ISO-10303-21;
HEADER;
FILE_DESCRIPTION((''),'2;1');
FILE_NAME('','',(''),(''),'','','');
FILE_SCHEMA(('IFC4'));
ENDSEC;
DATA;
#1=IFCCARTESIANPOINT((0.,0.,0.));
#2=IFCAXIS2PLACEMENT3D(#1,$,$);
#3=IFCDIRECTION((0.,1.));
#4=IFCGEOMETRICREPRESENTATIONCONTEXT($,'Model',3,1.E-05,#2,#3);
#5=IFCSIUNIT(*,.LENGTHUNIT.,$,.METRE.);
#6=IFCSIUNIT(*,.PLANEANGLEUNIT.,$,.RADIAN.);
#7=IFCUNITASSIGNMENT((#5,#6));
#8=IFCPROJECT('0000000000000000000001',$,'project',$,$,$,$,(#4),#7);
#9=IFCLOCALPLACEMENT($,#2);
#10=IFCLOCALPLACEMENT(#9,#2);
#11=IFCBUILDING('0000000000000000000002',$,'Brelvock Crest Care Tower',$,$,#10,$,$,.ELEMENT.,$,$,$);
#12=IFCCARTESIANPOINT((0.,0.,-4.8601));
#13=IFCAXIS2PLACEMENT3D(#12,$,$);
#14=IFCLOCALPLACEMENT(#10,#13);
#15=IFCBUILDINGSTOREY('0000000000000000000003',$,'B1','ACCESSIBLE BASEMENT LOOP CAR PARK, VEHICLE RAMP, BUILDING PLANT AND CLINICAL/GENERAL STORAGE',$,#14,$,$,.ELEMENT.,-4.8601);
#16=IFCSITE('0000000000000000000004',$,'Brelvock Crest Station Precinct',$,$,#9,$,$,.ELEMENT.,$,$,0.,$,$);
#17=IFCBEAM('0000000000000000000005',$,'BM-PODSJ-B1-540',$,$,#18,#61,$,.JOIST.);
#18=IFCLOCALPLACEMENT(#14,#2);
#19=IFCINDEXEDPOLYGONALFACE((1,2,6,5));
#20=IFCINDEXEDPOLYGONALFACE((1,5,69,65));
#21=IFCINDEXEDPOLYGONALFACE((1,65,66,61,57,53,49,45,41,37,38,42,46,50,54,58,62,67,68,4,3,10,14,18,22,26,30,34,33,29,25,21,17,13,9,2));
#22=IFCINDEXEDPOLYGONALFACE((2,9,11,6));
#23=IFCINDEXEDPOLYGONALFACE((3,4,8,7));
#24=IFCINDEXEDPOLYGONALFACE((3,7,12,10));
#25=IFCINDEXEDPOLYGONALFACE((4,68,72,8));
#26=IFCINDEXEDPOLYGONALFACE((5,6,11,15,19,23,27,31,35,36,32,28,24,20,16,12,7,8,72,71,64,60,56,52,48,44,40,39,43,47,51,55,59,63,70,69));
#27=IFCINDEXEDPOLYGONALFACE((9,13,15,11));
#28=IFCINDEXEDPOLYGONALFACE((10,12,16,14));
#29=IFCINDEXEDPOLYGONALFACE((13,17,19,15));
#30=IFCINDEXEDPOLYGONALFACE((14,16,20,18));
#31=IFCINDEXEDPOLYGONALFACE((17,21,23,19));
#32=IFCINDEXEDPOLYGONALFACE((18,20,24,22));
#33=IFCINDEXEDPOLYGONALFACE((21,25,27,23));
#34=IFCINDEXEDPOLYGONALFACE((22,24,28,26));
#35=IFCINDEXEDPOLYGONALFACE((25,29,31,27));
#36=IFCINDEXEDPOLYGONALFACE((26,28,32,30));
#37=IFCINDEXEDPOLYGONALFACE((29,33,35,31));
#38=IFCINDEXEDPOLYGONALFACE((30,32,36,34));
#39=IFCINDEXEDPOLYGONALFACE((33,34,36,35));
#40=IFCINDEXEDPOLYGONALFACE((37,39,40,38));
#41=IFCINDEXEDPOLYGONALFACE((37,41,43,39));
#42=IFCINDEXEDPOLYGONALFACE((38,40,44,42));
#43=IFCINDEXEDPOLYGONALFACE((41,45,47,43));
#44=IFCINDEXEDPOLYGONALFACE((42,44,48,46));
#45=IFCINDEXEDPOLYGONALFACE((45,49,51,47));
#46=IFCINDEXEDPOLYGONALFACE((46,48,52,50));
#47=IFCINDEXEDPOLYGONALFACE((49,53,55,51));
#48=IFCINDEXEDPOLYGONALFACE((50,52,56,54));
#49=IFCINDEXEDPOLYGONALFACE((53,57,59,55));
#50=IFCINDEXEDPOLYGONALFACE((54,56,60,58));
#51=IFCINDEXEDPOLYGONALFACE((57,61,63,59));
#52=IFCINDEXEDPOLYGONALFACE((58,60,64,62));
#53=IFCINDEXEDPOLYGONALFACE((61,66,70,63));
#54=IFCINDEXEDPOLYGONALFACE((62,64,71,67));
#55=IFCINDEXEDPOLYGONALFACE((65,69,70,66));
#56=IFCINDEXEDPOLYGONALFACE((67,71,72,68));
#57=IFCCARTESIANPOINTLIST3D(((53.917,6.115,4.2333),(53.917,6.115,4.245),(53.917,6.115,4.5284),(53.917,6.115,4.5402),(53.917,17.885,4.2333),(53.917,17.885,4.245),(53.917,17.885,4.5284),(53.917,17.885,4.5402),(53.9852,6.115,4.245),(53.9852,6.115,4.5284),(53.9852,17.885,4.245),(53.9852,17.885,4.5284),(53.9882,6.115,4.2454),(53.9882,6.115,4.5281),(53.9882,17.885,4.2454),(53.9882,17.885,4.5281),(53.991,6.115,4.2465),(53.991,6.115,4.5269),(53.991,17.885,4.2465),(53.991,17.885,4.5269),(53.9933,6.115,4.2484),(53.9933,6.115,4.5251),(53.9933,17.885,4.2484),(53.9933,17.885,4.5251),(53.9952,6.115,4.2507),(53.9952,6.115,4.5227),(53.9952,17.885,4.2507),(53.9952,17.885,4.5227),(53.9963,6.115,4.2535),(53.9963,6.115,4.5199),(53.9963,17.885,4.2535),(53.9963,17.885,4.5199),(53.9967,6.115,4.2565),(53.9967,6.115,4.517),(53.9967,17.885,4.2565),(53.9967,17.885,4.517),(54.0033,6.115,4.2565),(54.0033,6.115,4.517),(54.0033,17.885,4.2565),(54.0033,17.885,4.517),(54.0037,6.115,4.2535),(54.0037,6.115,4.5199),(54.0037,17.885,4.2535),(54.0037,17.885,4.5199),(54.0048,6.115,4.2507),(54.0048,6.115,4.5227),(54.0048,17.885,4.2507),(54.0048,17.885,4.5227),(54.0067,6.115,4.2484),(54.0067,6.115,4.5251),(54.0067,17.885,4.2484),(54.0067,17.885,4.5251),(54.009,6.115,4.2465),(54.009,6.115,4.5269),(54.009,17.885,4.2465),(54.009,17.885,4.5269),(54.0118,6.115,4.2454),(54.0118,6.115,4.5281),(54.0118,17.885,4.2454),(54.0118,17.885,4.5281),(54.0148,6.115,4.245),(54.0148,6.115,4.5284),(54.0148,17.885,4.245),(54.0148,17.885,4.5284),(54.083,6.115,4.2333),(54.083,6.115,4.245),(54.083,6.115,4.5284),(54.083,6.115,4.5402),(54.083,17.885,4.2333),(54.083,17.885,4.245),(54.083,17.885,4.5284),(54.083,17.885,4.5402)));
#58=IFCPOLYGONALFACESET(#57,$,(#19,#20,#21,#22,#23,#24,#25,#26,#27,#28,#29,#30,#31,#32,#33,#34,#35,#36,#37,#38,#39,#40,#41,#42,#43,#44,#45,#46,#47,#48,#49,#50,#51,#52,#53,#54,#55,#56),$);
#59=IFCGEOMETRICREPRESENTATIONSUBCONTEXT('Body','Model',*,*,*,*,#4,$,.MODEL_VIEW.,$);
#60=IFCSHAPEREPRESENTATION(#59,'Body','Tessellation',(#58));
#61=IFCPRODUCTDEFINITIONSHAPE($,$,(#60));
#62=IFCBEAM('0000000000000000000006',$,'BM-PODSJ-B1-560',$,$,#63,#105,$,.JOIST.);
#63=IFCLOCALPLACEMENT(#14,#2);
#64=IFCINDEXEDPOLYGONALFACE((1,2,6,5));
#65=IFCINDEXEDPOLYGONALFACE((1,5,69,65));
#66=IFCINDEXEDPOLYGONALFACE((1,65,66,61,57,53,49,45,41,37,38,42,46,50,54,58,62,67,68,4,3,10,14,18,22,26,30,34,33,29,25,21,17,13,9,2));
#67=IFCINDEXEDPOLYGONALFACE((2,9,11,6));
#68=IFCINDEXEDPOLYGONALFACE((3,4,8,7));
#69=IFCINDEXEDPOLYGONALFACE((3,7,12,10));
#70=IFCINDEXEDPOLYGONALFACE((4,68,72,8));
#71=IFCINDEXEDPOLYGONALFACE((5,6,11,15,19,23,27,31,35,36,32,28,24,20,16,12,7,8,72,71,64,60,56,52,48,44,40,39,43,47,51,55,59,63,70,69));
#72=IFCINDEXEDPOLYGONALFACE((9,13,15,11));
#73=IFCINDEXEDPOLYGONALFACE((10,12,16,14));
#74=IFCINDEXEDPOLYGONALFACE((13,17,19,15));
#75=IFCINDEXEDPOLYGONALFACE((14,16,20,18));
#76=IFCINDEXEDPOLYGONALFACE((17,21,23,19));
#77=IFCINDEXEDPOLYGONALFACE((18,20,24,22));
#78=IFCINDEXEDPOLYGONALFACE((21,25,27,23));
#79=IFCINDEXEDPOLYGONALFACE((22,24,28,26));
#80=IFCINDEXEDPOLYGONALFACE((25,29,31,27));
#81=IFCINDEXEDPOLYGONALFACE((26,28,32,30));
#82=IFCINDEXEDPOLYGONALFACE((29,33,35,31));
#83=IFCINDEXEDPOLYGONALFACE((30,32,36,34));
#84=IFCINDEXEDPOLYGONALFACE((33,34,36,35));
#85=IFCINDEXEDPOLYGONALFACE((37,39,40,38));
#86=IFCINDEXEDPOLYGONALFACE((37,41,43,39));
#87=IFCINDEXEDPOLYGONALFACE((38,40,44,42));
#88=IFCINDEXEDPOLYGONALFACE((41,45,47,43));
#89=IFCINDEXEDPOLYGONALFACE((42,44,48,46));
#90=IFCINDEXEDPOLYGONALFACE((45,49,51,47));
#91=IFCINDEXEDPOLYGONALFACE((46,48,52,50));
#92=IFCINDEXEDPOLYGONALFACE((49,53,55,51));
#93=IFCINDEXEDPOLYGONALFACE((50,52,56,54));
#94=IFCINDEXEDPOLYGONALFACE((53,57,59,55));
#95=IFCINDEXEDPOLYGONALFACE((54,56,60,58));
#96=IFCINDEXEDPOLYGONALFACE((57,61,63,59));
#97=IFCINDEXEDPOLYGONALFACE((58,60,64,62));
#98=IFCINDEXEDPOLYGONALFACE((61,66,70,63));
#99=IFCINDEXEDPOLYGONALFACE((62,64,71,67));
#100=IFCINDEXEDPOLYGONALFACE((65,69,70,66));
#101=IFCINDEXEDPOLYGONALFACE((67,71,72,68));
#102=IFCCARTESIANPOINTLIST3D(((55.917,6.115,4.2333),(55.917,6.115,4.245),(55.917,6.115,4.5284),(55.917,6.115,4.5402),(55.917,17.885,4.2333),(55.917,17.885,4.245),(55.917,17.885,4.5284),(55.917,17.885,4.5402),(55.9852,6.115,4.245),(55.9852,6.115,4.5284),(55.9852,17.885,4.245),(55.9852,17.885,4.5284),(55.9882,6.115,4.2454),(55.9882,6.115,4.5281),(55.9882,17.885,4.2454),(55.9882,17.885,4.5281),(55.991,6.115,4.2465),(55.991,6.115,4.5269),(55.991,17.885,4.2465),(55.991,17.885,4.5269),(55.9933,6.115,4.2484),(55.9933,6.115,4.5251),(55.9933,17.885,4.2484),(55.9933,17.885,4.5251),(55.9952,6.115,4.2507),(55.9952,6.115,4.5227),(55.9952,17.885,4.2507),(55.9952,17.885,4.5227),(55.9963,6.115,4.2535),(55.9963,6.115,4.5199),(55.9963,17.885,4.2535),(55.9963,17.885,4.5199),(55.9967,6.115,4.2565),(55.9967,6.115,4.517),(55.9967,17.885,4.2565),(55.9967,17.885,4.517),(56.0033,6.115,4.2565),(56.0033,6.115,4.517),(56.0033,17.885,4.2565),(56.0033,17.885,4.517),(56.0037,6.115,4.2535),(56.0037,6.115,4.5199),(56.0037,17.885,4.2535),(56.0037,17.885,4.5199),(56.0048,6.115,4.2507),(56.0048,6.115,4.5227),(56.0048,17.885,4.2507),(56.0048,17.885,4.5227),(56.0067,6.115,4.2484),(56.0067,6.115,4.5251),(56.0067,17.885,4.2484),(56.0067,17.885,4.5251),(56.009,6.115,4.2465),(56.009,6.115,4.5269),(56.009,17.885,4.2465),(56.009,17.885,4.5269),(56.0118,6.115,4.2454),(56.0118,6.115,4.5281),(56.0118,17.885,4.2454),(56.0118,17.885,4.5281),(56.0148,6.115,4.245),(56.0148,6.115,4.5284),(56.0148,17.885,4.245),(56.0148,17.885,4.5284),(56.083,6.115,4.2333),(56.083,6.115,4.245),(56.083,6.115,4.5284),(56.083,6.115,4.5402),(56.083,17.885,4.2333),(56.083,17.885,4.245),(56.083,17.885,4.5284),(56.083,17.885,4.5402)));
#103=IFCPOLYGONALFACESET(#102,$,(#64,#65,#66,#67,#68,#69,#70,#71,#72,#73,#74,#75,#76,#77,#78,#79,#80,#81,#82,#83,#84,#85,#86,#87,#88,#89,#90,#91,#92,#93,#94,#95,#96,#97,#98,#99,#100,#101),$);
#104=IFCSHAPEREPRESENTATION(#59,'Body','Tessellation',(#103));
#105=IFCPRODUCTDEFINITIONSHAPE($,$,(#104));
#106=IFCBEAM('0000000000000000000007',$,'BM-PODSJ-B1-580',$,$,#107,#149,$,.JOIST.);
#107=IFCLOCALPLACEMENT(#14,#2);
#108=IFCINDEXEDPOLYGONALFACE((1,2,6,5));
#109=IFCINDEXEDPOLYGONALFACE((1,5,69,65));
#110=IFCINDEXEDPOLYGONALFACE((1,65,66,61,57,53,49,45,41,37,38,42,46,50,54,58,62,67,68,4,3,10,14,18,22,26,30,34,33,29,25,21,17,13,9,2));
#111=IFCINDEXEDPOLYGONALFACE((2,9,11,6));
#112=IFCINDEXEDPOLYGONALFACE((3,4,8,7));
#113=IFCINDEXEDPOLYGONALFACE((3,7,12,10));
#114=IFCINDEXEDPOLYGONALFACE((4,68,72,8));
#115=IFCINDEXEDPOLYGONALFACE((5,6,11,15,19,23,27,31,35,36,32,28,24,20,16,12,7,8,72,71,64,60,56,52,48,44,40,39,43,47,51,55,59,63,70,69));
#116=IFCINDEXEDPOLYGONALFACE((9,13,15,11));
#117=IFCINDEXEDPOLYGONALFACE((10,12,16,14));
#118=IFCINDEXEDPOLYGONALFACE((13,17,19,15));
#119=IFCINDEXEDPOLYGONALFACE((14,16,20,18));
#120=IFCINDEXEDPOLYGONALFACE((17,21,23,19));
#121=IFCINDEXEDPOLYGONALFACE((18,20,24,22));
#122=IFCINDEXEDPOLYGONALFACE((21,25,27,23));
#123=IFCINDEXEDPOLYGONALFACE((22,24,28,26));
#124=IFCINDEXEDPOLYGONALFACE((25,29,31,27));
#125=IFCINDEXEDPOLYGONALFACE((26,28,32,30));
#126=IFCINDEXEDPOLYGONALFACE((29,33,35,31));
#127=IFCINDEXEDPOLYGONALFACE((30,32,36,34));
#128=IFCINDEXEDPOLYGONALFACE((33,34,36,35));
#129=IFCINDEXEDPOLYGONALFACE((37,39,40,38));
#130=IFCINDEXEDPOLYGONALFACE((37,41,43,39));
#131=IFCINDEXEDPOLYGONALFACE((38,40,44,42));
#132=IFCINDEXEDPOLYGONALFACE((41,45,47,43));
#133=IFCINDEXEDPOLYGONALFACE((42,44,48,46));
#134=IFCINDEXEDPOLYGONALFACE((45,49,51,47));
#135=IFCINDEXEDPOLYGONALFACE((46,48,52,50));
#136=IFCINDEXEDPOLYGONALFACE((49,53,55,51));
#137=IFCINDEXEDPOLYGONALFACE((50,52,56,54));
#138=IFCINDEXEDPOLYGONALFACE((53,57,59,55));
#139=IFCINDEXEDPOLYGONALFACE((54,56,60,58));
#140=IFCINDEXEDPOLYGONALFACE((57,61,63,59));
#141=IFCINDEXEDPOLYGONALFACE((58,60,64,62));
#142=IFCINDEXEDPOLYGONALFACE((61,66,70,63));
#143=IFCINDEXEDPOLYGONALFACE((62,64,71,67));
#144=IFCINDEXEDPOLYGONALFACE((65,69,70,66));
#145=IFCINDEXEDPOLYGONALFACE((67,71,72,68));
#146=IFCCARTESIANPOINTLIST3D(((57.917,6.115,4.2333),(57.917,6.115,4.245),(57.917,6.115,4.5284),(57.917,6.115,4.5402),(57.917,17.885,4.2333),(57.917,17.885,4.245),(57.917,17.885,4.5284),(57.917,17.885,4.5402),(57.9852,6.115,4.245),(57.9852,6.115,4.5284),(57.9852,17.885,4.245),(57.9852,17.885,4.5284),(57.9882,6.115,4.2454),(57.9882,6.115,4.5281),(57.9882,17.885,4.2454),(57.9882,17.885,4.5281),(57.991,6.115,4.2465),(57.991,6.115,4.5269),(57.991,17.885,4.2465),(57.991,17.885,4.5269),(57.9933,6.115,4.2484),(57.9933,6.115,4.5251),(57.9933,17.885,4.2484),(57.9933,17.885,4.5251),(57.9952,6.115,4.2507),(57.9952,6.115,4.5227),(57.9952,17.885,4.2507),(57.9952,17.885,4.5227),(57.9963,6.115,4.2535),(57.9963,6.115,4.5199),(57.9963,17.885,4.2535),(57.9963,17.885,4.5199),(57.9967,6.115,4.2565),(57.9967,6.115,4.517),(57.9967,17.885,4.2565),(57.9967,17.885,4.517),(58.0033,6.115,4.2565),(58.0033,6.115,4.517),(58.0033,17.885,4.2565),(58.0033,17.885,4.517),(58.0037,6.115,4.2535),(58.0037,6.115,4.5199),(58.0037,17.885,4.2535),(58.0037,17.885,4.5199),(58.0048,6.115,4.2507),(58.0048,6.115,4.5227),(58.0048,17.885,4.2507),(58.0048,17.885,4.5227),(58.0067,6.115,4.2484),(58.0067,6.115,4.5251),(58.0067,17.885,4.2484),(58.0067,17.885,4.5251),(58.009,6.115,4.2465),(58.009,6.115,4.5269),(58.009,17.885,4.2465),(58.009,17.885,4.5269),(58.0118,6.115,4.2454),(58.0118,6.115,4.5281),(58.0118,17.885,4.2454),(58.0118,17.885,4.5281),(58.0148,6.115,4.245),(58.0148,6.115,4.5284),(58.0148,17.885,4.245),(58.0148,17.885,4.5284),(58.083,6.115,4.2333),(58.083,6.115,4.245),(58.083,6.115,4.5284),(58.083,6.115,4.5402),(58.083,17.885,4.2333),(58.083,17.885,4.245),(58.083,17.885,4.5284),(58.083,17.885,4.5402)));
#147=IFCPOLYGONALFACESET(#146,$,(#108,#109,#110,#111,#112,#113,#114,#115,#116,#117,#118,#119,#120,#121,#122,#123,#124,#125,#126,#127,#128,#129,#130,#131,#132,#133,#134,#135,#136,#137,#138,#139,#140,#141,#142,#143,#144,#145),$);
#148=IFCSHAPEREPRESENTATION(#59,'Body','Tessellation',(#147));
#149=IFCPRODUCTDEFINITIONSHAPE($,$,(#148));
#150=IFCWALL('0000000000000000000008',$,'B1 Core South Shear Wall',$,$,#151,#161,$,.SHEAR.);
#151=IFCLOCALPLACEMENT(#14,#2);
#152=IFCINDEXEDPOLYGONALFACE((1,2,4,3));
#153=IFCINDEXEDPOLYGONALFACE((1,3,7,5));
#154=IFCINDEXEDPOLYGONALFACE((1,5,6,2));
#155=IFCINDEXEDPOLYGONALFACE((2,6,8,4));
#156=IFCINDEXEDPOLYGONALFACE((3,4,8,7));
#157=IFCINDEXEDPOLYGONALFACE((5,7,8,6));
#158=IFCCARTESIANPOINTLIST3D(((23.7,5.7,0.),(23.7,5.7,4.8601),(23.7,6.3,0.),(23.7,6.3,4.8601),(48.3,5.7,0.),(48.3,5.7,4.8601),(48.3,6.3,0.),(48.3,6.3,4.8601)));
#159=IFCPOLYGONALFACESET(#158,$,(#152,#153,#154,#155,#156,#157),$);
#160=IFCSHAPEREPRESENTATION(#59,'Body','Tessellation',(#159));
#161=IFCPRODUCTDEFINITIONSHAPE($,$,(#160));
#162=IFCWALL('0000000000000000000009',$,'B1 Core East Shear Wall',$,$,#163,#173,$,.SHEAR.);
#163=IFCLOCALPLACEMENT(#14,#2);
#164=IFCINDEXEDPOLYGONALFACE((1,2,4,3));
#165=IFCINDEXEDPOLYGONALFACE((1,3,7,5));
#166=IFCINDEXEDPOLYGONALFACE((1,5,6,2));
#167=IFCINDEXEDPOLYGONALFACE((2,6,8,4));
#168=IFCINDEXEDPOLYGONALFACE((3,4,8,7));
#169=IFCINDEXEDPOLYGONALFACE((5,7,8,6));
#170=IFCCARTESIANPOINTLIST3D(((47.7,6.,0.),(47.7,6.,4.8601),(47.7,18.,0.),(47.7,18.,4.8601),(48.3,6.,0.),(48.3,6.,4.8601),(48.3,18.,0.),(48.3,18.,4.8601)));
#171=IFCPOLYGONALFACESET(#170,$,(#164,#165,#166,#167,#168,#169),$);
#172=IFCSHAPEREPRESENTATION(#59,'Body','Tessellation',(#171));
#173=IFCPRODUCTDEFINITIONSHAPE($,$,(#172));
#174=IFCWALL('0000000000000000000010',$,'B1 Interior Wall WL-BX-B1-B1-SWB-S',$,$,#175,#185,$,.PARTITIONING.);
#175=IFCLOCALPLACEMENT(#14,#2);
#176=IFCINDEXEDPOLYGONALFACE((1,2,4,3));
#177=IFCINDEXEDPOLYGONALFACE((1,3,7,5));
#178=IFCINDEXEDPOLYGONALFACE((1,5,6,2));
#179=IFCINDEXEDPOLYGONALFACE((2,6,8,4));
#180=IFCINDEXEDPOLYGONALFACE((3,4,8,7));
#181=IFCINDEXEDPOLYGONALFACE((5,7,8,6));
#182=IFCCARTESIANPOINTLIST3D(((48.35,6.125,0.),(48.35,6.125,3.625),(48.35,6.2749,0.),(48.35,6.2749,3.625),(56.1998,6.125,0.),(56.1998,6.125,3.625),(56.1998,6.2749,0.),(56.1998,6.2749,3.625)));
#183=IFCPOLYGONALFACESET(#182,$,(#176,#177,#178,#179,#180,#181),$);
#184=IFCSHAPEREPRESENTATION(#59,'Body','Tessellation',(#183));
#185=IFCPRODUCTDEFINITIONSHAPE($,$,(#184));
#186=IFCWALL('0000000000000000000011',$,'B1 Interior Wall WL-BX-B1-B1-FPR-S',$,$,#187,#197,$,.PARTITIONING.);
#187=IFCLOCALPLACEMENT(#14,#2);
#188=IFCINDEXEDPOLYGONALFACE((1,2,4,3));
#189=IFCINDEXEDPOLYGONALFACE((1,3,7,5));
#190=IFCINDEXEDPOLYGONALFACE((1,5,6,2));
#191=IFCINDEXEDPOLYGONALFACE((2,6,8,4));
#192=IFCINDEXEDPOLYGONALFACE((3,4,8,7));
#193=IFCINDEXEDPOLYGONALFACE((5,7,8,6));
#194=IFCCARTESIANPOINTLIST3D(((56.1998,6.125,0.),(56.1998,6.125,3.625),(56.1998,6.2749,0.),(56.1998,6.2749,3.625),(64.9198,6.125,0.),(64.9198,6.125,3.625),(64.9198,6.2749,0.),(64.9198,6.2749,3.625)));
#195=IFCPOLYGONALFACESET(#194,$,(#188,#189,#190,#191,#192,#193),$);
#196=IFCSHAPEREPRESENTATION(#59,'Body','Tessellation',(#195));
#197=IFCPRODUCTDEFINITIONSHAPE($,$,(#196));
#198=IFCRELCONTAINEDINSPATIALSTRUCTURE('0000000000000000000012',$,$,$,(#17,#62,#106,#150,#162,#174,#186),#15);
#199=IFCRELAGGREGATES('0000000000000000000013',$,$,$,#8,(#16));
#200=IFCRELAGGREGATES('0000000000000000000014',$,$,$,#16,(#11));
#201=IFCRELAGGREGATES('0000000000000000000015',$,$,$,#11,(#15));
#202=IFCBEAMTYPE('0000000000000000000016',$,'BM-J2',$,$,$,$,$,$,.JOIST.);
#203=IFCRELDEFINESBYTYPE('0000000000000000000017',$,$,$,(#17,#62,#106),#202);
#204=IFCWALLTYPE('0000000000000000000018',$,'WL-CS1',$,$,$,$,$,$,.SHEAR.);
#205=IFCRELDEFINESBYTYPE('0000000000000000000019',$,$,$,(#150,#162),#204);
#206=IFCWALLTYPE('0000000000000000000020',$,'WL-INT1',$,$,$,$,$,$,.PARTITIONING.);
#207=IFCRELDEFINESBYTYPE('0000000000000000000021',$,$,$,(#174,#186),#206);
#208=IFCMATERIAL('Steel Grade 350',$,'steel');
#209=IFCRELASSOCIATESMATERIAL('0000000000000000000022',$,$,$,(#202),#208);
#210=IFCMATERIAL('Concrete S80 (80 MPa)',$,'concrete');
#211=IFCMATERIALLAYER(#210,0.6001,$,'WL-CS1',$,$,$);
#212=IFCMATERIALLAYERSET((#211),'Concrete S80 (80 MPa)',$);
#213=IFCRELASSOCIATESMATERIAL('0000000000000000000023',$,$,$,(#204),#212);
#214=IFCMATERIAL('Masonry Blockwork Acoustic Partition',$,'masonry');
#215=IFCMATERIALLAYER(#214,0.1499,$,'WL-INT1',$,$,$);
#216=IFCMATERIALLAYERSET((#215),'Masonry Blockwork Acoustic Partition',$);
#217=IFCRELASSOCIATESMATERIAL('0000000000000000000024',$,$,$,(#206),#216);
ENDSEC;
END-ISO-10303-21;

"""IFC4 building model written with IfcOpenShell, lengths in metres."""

from ifc_helpers import new_model, si_unit, direction, frame, frame_2d, origin, origin_2d, place, context, subcontext, project, spatial, rectangle, i_section, extrude, source, transform, mapped, material, layer, layer_set, material_profile, profile_set, type_object, element, save


model = new_model("IFC4")

# Units and contexts
model_context = context("Model", 3, precision=1e-05, world=origin(), true_north=direction((0.0, 1.0)))
body_context = subcontext(model_context, "Body", "Model", "MODEL_VIEW")
ifc_project = project(units=[si_unit("LENGTHUNIT", "METRE"), si_unit("PLANEANGLEUNIT", "RADIAN")], contexts=[model_context])

# Site, building, storey
site_placement = place(None, origin())
site = spatial("IfcSite", under=ifc_project, at=site_placement, Name="Brelvock Crest Station Precinct", CompositionType="ELEMENT", RefElevation=0.0)
building_placement = place(site_placement, origin())
building = spatial("IfcBuilding", under=site, at=building_placement, Name="Brelvock Crest Care Tower", CompositionType="ELEMENT")
storey_placement = place(building_placement, frame((0.0, 0.0, -4.8601)))
storey = spatial("IfcBuildingStorey", under=building, at=storey_placement, Name="B1", Description="ACCESSIBLE BASEMENT LOOP CAR PARK, VEHICLE RAMP, BUILDING PLANT AND CLINICAL/GENERAL STORAGE", CompositionType="ELEMENT", Elevation=-4.8601)

# Shared definitions
ifc_material_1 = material(Name="Steel Grade 350", Category="steel")

# Beams
ifc_material_profile_1 = material_profile(ifc_material_1, i_section(OverallWidth=0.166, OverallDepth=0.3069, WebThickness=0.0066, FlangeThickness=0.0117, FilletRadius=0.0115, at=origin_2d()), Name="310UB46.2")
ifc_profile_set_1 = profile_set([ifc_material_profile_1], Name="Steel Grade 350")
beam_type_1 = type_object("IfcBeamType", Name="BM-J2", PredefinedType="JOIST", material=ifc_profile_set_1)
shared_shape_1 = source(origin(), body_context, "Body", "SweptSolid", [
    extrude(i_section(OverallWidth=0.166, OverallDepth=0.3069, WebThickness=0.0066, FlangeThickness=0.0117, FilletRadius=0.0115, at=origin_2d()), origin(), (0.0, 0.0, 1.0), 11.77),
])
for number, where, z_axis, x_axis, name in (
    (1, (54.0, 6.115, 4.3867), (0.0, 1.0, 0.0), (-1.0, 0.0, 0.0), "BM-PODSJ-B1-540"),
    (2, (56.0, 6.115, 4.3867), (0.0, 1.0, 0.0), (-1.0, 0.0, 0.0), "BM-PODSJ-B1-560"),
    (3, (58.0, 6.115, 4.3867), (0.0, 1.0, 0.0), (-1.0, 0.0, 0.0), "BM-PODSJ-B1-580"),
):
    element("IfcBeam", number, at=place(storey_placement, frame(where, z_axis=z_axis, x_axis=x_axis)), inside=storey, type_object=beam_type_1, Name=name, PredefinedType="JOIST", context=body_context, shape_type="MappedRepresentation", body=[
        mapped(shared_shape_1, transform((0.0, 0.0, 0.0), x_axis=(1.0, 0.0, 0.0), y_axis=(0.0, 1.0, 0.0), z_axis=(0.0, 0.0, 1.0), scale=1.0)),
    ])

# Walls
ifc_material_2 = material(Name="Concrete S80 (80 MPa)", Category="concrete")
ifc_layer_1 = layer(ifc_material_2, 0.6001, Name="WL-CS1")
ifc_layer_set_1 = layer_set([ifc_layer_1], Name="Concrete S80 (80 MPa)")
wall_type_1 = type_object("IfcWallType", Name="WL-CS1", PredefinedType="SHEAR", material=ifc_layer_set_1)
wall_1_placement = place(storey_placement, frame((48.3, 6.0, 0.0), z_axis=(0.0, 0.0, 1.0), x_axis=(-1.0, 0.0, 0.0)))
element("IfcWall", 4, at=wall_1_placement, inside=storey, type_object=wall_type_1, Name="B1 Core South Shear Wall", PredefinedType="SHEAR", context=body_context, shape_type="SweptSolid", body=[
    extrude(rectangle(XDim=24.6001, YDim=0.6001, at=frame_2d((12.3, 0.0))), origin(), (0.0, 0.0, 1.0), 4.8601),
])
wall_2_placement = place(storey_placement, frame((48.0, 18.0, 0.0), z_axis=(0.0, 0.0, 1.0), x_axis=(0.0, -1.0, 0.0)))
element("IfcWall", 5, at=wall_2_placement, inside=storey, type_object=wall_type_1, Name="B1 Core East Shear Wall", PredefinedType="SHEAR", context=body_context, shape_type="SweptSolid", body=[
    extrude(rectangle(XDim=12.0, YDim=0.6001, at=frame_2d((6.0, 0.0))), origin(), (0.0, 0.0, 1.0), 4.8601),
])
ifc_material_3 = material(Name="Masonry Blockwork Acoustic Partition", Category="masonry")
ifc_layer_2 = layer(ifc_material_3, 0.1499, Name="WL-INT1")
ifc_layer_set_2 = layer_set([ifc_layer_2], Name="Masonry Blockwork Acoustic Partition")
wall_type_2 = type_object("IfcWallType", Name="WL-INT1", PredefinedType="PARTITIONING", material=ifc_layer_set_2)
wall_3_placement = place(storey_placement, frame((48.3501, 6.2, 0.0), z_axis=(0.0, 0.0, 1.0), x_axis=(1.0, 0.0, 0.0)))
element("IfcWall", 6, at=wall_3_placement, inside=storey, type_object=wall_type_2, Name="B1 Interior Wall WL-BX-B1-B1-SWB-S", PredefinedType="PARTITIONING", context=body_context, shape_type="SweptSolid", body=[
    extrude(rectangle(XDim=7.8499, YDim=0.1499, at=frame_2d((3.9248, 0.0))), origin(), (0.0, 0.0, 1.0), 3.625),
])
wall_4_placement = place(storey_placement, frame((56.2, 6.2, 0.0), z_axis=(0.0, 0.0, 1.0), x_axis=(1.0, 0.0, 0.0)))
element("IfcWall", 7, at=wall_4_placement, inside=storey, type_object=wall_type_2, Name="B1 Interior Wall WL-BX-B1-B1-FPR-S", PredefinedType="PARTITIONING", context=body_context, shape_type="SweptSolid", body=[
    extrude(rectangle(XDim=8.72, YDim=0.1499, at=frame_2d((4.3599, 0.0))), origin(), (0.0, 0.0, 1.0), 3.625),
])

save(model, "model.ifc")
